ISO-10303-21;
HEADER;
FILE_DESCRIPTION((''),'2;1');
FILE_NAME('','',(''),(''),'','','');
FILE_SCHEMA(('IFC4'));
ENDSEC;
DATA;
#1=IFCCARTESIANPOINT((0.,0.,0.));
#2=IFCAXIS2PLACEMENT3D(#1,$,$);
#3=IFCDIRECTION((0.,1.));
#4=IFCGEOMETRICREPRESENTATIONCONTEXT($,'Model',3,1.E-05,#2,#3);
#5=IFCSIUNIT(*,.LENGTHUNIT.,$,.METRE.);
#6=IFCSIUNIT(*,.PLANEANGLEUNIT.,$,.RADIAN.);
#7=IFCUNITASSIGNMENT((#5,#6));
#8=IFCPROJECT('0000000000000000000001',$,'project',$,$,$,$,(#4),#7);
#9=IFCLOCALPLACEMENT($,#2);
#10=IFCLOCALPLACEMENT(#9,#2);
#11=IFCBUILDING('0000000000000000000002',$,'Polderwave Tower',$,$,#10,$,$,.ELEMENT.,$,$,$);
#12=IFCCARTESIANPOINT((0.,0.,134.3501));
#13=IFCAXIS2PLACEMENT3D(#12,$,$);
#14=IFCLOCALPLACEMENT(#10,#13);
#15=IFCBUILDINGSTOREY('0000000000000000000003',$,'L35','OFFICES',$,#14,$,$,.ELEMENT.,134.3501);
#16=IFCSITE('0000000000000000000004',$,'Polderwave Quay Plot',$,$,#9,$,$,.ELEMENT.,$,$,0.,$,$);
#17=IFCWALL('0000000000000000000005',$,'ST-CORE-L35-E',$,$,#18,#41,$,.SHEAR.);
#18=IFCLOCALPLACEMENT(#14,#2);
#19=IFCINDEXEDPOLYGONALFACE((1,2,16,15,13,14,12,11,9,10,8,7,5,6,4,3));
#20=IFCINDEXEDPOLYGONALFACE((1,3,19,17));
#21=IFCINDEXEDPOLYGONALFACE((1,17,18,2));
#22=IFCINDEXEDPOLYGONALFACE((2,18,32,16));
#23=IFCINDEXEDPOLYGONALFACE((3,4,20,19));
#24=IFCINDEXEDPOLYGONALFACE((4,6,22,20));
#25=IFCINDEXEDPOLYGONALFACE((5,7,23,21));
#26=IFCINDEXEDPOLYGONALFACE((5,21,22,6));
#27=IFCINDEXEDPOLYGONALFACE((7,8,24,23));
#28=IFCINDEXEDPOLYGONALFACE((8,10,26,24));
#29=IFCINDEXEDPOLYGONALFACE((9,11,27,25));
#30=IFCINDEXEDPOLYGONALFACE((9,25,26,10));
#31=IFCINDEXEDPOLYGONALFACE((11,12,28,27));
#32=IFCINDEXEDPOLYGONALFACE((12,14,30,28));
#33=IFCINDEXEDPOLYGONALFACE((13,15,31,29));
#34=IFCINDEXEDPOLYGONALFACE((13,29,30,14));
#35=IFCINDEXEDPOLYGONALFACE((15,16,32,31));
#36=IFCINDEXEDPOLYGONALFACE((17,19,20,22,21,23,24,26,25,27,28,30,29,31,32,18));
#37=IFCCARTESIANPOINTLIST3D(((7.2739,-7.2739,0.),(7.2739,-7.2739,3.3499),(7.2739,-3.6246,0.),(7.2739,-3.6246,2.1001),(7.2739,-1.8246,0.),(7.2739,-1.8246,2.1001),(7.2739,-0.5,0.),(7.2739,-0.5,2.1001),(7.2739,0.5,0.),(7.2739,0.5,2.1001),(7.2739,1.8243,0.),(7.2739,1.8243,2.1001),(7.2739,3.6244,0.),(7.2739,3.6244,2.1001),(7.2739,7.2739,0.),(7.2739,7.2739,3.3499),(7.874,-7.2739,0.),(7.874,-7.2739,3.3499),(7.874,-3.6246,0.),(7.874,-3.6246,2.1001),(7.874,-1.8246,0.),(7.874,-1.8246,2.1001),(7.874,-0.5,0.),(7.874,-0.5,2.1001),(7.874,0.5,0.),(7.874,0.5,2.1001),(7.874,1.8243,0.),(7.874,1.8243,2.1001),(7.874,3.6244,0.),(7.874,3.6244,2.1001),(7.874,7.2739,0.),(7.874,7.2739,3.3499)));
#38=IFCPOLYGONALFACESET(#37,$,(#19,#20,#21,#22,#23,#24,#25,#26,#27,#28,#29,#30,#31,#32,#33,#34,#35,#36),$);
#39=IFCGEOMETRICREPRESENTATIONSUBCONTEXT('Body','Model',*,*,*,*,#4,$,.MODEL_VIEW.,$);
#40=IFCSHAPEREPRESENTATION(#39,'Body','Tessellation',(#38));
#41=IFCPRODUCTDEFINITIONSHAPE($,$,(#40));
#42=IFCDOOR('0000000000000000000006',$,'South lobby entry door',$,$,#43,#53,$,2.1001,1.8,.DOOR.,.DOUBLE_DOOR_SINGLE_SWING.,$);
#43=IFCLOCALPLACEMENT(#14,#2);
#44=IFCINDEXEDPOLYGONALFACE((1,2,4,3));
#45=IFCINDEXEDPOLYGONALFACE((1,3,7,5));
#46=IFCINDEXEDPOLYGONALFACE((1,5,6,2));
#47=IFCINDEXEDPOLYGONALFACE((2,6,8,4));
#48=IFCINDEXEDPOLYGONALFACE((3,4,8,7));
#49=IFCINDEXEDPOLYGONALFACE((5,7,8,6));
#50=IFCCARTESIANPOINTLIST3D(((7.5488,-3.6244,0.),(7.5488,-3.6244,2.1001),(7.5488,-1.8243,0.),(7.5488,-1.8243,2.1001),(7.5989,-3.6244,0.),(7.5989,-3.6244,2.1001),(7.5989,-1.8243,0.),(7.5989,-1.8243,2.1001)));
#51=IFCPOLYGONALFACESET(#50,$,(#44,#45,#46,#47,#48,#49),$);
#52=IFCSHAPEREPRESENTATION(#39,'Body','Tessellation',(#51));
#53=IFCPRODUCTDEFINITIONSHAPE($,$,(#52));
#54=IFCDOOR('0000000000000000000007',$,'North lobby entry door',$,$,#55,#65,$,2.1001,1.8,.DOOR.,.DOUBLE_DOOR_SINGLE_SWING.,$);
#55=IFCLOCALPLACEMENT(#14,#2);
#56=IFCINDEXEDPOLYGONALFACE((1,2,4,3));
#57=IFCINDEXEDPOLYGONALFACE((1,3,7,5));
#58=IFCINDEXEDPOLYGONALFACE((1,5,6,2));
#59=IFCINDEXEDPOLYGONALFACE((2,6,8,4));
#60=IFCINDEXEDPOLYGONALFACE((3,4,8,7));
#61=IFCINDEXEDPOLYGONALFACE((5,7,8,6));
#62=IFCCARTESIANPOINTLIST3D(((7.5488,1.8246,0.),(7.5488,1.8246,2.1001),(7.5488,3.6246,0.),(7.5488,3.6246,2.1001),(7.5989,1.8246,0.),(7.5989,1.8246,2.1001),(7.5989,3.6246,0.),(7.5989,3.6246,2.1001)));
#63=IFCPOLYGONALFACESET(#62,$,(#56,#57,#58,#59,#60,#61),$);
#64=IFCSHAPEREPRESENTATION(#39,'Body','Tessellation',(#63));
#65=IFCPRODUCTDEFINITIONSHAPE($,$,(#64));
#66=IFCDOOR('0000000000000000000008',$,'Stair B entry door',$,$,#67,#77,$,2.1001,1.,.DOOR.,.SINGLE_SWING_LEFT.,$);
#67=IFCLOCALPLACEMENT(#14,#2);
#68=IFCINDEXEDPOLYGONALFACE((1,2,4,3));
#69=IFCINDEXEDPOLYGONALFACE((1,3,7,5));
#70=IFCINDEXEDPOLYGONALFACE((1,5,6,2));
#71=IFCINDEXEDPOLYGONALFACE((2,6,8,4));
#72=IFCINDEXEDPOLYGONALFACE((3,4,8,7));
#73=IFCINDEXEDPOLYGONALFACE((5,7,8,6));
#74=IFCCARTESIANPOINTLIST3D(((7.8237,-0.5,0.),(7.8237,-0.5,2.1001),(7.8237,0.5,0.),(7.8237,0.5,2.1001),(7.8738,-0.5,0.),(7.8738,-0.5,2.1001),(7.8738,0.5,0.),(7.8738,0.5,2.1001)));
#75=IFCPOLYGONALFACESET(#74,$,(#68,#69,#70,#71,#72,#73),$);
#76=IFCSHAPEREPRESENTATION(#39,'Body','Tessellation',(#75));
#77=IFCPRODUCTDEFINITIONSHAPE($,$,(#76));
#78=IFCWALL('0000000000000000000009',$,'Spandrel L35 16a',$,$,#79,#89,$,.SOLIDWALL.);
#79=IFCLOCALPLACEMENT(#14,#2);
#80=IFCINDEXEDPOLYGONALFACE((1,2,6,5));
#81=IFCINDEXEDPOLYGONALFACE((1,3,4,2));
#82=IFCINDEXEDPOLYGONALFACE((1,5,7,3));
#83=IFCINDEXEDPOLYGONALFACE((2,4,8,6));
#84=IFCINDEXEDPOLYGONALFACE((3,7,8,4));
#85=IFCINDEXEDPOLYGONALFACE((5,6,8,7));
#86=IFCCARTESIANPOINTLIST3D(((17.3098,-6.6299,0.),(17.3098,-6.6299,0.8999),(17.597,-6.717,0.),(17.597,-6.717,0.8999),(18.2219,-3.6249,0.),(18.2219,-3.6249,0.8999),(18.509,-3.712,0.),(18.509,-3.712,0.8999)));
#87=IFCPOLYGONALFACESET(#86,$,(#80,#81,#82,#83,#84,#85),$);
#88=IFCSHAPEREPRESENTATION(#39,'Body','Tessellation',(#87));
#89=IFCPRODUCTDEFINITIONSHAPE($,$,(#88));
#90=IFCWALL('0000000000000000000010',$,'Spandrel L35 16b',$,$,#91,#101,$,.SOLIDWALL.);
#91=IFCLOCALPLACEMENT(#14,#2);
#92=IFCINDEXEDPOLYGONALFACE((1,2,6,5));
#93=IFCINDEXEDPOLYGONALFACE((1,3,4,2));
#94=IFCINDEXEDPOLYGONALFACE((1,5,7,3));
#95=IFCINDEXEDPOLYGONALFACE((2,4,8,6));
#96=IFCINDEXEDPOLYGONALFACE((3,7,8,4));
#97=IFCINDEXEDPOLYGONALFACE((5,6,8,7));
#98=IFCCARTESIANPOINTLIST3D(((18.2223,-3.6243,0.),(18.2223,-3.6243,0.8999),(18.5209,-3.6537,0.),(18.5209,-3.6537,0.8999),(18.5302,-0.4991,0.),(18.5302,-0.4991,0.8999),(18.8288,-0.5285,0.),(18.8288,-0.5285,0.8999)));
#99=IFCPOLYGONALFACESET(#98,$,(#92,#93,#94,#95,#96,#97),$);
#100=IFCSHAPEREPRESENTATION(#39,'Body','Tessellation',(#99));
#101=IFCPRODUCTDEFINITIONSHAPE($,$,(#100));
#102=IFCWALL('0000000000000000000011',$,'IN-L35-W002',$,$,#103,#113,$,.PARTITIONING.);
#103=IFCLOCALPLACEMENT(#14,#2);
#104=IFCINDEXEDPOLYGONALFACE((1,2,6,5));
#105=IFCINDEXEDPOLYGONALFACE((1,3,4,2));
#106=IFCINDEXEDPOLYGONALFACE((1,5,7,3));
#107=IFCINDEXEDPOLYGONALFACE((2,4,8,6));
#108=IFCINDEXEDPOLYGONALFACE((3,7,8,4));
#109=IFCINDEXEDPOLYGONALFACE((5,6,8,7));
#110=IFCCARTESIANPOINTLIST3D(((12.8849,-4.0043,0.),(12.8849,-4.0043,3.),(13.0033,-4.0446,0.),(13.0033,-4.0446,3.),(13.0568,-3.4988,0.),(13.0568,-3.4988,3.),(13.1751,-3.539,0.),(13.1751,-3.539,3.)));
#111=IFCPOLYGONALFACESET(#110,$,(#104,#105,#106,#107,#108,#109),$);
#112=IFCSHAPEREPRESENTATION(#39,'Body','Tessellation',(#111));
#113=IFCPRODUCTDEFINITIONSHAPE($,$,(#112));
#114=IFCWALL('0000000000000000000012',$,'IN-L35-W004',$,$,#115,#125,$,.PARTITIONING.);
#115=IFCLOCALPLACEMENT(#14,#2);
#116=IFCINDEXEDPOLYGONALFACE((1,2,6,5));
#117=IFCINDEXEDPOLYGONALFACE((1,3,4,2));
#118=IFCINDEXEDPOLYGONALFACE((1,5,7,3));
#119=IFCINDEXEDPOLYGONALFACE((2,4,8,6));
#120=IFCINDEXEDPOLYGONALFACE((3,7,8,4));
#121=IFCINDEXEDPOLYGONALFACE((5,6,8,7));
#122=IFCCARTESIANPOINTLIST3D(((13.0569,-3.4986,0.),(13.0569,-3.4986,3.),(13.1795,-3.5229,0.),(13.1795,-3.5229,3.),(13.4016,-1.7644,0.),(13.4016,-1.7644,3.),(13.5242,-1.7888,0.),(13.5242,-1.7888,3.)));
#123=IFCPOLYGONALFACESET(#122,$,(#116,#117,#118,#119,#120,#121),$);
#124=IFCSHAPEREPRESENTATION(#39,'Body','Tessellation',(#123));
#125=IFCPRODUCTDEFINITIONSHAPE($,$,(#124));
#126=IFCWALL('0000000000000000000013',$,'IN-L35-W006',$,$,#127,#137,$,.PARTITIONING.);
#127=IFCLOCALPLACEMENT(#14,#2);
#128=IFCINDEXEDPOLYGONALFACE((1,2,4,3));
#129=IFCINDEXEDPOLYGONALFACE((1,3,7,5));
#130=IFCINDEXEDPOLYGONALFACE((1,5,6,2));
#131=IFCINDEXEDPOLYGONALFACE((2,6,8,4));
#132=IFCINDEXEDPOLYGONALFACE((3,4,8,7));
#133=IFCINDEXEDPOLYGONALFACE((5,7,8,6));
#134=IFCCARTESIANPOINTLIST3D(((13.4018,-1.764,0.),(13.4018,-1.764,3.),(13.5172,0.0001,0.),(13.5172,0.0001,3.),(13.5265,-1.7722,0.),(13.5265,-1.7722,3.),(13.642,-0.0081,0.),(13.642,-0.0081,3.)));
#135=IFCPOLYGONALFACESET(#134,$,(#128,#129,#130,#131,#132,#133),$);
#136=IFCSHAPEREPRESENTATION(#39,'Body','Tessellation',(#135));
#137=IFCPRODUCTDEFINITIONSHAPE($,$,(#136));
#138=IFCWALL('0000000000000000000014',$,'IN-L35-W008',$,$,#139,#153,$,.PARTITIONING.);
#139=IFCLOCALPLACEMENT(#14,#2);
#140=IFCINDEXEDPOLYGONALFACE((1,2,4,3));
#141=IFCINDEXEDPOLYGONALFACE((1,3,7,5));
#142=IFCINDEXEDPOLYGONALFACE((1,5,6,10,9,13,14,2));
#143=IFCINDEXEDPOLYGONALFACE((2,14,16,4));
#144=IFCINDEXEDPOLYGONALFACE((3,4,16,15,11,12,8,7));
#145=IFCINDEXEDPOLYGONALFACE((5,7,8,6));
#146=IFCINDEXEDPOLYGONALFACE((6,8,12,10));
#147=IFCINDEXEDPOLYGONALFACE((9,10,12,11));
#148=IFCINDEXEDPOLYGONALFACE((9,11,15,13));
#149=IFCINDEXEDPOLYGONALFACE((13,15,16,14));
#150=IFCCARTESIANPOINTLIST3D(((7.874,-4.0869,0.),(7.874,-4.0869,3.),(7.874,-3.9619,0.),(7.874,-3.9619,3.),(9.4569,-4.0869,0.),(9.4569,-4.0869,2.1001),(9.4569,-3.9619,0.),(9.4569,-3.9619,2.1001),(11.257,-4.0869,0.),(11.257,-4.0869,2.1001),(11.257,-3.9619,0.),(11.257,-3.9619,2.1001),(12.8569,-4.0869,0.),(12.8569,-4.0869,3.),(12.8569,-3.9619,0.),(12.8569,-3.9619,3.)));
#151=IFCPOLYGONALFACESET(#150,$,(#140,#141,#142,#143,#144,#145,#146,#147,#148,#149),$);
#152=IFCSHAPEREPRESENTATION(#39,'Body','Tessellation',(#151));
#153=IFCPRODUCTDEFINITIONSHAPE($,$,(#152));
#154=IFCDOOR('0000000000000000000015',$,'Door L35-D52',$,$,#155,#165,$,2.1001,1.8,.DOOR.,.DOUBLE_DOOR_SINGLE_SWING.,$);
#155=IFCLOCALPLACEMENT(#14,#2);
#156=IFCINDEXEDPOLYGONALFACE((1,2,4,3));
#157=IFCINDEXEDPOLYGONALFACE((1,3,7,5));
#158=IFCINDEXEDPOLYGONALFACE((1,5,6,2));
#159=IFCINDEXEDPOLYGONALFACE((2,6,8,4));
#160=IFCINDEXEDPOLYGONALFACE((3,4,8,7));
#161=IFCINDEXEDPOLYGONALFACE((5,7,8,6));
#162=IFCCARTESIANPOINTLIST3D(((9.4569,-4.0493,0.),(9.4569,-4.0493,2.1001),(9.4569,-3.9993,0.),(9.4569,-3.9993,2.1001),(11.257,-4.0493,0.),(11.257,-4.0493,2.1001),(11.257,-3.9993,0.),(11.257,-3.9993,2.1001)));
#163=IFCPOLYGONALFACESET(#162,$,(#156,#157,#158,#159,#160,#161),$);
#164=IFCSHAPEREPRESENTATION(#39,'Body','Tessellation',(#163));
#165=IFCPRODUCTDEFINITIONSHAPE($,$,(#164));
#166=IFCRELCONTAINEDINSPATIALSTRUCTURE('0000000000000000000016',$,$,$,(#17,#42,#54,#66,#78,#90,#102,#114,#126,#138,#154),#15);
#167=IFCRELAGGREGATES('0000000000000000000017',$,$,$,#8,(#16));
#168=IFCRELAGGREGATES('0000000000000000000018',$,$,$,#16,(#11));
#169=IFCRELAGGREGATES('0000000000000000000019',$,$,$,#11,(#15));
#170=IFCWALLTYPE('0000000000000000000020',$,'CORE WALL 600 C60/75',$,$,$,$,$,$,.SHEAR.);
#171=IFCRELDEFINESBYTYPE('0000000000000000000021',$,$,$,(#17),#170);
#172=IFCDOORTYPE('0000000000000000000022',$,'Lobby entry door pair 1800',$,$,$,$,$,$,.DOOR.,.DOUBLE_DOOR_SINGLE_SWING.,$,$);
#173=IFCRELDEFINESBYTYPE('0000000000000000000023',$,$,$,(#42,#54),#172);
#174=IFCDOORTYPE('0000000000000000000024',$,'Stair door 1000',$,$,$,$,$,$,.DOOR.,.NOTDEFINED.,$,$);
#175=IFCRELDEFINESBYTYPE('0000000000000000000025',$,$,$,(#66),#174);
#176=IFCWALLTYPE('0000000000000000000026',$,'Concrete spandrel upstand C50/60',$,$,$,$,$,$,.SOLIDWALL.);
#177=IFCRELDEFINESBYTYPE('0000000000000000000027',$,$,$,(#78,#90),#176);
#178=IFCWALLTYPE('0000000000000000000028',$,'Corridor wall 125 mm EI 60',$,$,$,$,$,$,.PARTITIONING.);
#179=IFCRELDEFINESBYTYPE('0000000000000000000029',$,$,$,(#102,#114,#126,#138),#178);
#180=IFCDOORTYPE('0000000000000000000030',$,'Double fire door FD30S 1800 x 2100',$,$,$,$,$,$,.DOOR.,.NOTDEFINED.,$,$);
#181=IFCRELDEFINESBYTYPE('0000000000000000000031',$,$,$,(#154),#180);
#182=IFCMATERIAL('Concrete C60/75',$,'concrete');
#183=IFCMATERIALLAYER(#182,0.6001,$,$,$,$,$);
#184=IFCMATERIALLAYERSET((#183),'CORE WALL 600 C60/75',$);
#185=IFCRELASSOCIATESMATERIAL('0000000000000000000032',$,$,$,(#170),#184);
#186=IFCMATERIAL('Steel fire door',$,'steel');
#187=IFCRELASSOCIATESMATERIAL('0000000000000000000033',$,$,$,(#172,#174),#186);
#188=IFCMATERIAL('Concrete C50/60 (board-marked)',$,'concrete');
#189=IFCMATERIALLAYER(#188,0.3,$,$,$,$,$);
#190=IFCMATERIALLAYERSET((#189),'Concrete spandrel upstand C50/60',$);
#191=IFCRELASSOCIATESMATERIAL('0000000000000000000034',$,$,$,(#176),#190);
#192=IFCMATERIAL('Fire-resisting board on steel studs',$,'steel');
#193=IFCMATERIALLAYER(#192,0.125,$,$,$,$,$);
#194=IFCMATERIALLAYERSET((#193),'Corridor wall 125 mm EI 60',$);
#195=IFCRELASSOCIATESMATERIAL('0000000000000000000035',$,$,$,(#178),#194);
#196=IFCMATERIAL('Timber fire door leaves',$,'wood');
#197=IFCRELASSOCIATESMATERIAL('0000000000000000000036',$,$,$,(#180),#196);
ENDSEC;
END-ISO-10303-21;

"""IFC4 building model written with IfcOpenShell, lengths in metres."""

from ifc_helpers import new_model, si_unit, direction, frame, frame_2d, origin, place, context, subcontext, project, spatial, rectangle, extrude, material, layer, layer_set, type_object, element, fill, save


model = new_model("IFC4")

# Units and contexts
model_context = context("Model", 3, precision=1e-05, world=origin(), true_north=direction((0.0, 1.0)))
body_context = subcontext(model_context, "Body", "Model", "MODEL_VIEW")
ifc_project = project(units=[si_unit("LENGTHUNIT", "METRE"), si_unit("PLANEANGLEUNIT", "RADIAN")], contexts=[model_context])

# Site, building, storey
site_placement = place(None, origin())
site = spatial("IfcSite", under=ifc_project, at=site_placement, Name="Polderwave Quay Plot", CompositionType="ELEMENT", RefElevation=0.0)
building_placement = place(site_placement, origin())
building = spatial("IfcBuilding", under=site, at=building_placement, Name="Polderwave Tower", CompositionType="ELEMENT")
storey_placement = place(building_placement, frame((0.0, 0.0, 134.3501)))
storey = spatial("IfcBuildingStorey", under=building, at=storey_placement, Name="L35", Description="OFFICES", CompositionType="ELEMENT", Elevation=134.3501)

# Shared definitions
ifc_material_1 = material(Name="Concrete C60/75", Category="concrete")

# Wall, openings, doors
ifc_layer_1 = layer(ifc_material_1, 0.6001)
ifc_layer_set_1 = layer_set([ifc_layer_1], Name="CORE WALL 600 C60/75")
wall_type_1 = type_object("IfcWallType", Name="CORE WALL 600 C60/75", PredefinedType="SHEAR", material=ifc_layer_set_1)
wall_1_placement = place(storey_placement, frame((7.574, -7.2739, 0.0), z_axis=(0.0, 0.0, 1.0), x_axis=(0.0, 1.0, 0.0)))
wall_1 = element("IfcWall", 1, at=wall_1_placement, inside=storey, type_object=wall_type_1, Name="ST-CORE-L35-E", PredefinedType="SHEAR", context=body_context, shape_type="SweptSolid", body=[
    extrude(rectangle(XDim=14.5479, YDim=0.6001, at=frame_2d((7.2739, 0.0))), origin(), (0.0, 0.0, 1.0), 3.3499),
])
opening_1_placement = place(wall_1_placement, frame((6.7739, 0.0, 0.0)))
opening_1 = element("IfcOpeningElement", 2, at=opening_1_placement, cuts=wall_1, PredefinedType="OPENING", context=body_context, shape_type="SweptSolid", body=[
    extrude(rectangle(XDim=1.0, YDim=2.1001, at=frame_2d((0.5, 1.05))), frame((0.0, 0.3101, 0.0), z_axis=(0.0, -1.0, 0.0), x_axis=(1.0, 0.0, 0.0)), (0.0, 0.0, 1.0), 0.6201),
])
opening_2_placement = place(wall_1_placement, frame((3.6494, 0.0, 0.0)))
opening_2 = element("IfcOpeningElement", 3, at=opening_2_placement, cuts=wall_1, PredefinedType="OPENING", context=body_context, shape_type="SweptSolid", body=[
    extrude(rectangle(XDim=1.8, YDim=2.1001, at=frame_2d((0.8999, 1.05))), frame((0.0, 0.3101, 0.0), z_axis=(0.0, -1.0, 0.0), x_axis=(1.0, 0.0, 0.0)), (0.0, 0.0, 1.0), 0.6201),
])
opening_3_placement = place(wall_1_placement, frame((9.0984, 0.0, 0.0)))
opening_3 = element("IfcOpeningElement", 4, at=opening_3_placement, cuts=wall_1, PredefinedType="OPENING", context=body_context, shape_type="SweptSolid", body=[
    extrude(rectangle(XDim=1.8, YDim=2.1001, at=frame_2d((0.8999, 1.05))), frame((0.0, 0.3101, 0.0), z_axis=(0.0, -1.0, 0.0), x_axis=(1.0, 0.0, 0.0)), (0.0, 0.0, 1.0), 0.6201),
])
ifc_material_2 = material(Name="Steel fire door", Category="steel")
door_type_1 = type_object("IfcDoorType", Name="Lobby entry door pair 1800", OperationType="DOUBLE_DOOR_SINGLE_SWING", PredefinedType="DOOR", material=ifc_material_2)
door_1_placement = place(opening_2_placement, frame((1.8, 0.0, 0.0), z_axis=(0.0, 0.0, 1.0), x_axis=(-1.0, 0.0, 0.0)))
door_1 = element("IfcDoor", 5, at=door_1_placement, inside=storey, type_object=door_type_1, Name="South lobby entry door", OperationType="DOUBLE_DOOR_SINGLE_SWING", OverallHeight=2.1001, OverallWidth=1.8, PredefinedType="DOOR", context=body_context, shape_type="SweptSolid", body=[
    extrude(rectangle(XDim=1.8, YDim=2.1001, at=frame_2d((0.8999, 1.05))), frame((0.0, 0.0249, 0.0), z_axis=(0.0, -1.0, 0.0), x_axis=(1.0, 0.0, 0.0)), (0.0, 0.0, 1.0), 0.05),
])
fill(opening_2, door_1)
door_2_placement = place(opening_3_placement, frame((1.8, 0.0, 0.0), z_axis=(0.0, 0.0, 1.0), x_axis=(-1.0, 0.0, 0.0)))
door_2 = element("IfcDoor", 6, at=door_2_placement, inside=storey, type_object=door_type_1, Name="North lobby entry door", OperationType="DOUBLE_DOOR_SINGLE_SWING", OverallHeight=2.1001, OverallWidth=1.8, PredefinedType="DOOR", context=body_context, shape_type="SweptSolid", body=[
    extrude(rectangle(XDim=1.8, YDim=2.1001, at=frame_2d((0.8999, 1.05))), frame((0.0, 0.0249, 0.0), z_axis=(0.0, -1.0, 0.0), x_axis=(1.0, 0.0, 0.0)), (0.0, 0.0, 1.0), 0.05),
])
fill(opening_3, door_2)
door_type_2 = type_object("IfcDoorType", Name="Stair door 1000", OperationType="NOTDEFINED", PredefinedType="DOOR", material=ifc_material_2)
door_3_placement = place(opening_1_placement, frame((1.0, 0.0, 0.0), z_axis=(0.0, 0.0, 1.0), x_axis=(-1.0, 0.0, 0.0)))
door_3 = element("IfcDoor", 7, at=door_3_placement, inside=storey, type_object=door_type_2, Name="Stair B entry door", OperationType="SINGLE_SWING_LEFT", OverallHeight=2.1001, OverallWidth=1.0, PredefinedType="DOOR", context=body_context, shape_type="SweptSolid", body=[
    extrude(rectangle(XDim=1.0, YDim=2.1001, at=frame_2d((0.5, 1.05))), frame((0.0, 0.2998, 0.0), z_axis=(0.0, -1.0, 0.0), x_axis=(1.0, 0.0, 0.0)), (0.0, 0.0, 1.0), 0.05),
])
fill(opening_1, door_3)

# Walls
ifc_material_3 = material(Name="Concrete C50/60 (board-marked)", Category="concrete")
ifc_layer_2 = layer(ifc_material_3, 0.3)
ifc_layer_set_2 = layer_set([ifc_layer_2], Name="Concrete spandrel upstand C50/60")
wall_type_2 = type_object("IfcWallType", Name="Concrete spandrel upstand C50/60", PredefinedType="SOLIDWALL", material=ifc_layer_set_2)
for number, where, z_axis, x_axis, name in (
    (8, (17.4534, -6.6736, 0.0), (0.0, 0.0, 1.0), (0.290435, 0.956895, 0.0), "Spandrel L35 16a"),
    (9, (18.3716, -3.6392, 0.0), (0.0, 0.0, 1.0), (0.098033, 0.995183, 0.0), "Spandrel L35 16b"),
):
    element("IfcWall", number, at=place(storey_placement, frame(where, z_axis=z_axis, x_axis=x_axis)), inside=storey, type_object=wall_type_2, Name=name, PredefinedType="SOLIDWALL", context=body_context, shape_type="SweptSolid", body=[
        extrude(rectangle(XDim=3.1404, YDim=0.3, at=frame_2d((1.5703, 0.0))), origin(), (0.0, 0.0, 1.0), 0.8999),
    ])
ifc_material_4 = material(Name="Fire-resisting board on steel studs", Category="steel")
ifc_layer_3 = layer(ifc_material_4, 0.125)
ifc_layer_set_3 = layer_set([ifc_layer_3], Name="Corridor wall 125 mm EI 60")
wall_type_3 = type_object("IfcWallType", Name="Corridor wall 125 mm EI 60", PredefinedType="PARTITIONING", material=ifc_layer_set_3)
wall_2_placement = place(storey_placement, frame((13.116, -3.5188, 0.0), z_axis=(0.0, 0.0, 1.0), x_axis=(-0.321845, -0.946792, 0.0)))
element("IfcWall", 10, at=wall_2_placement, inside=storey, type_object=wall_type_3, Name="IN-L35-W002", PredefinedType="PARTITIONING", context=body_context, shape_type="SweptSolid", body=[
    extrude(rectangle(XDim=0.5339, YDim=0.125, at=frame_2d((0.2671, 0.0))), origin(), (0.0, 0.0, 1.0), 3.0),
])
wall_3_placement = place(storey_placement, frame((13.4629, -1.7766, 0.0), z_axis=(0.0, 0.0, 1.0), x_axis=(-0.194974, -0.980808, 0.0)))
element("IfcWall", 11, at=wall_3_placement, inside=storey, type_object=wall_type_3, Name="IN-L35-W004", PredefinedType="PARTITIONING", context=body_context, shape_type="SweptSolid", body=[
    extrude(rectangle(XDim=1.7681, YDim=0.125, at=frame_2d((0.884, 0.0))), origin(), (0.0, 0.0, 1.0), 3.0),
])
wall_4_placement = place(storey_placement, frame((13.5796, -0.0042, 0.0), z_axis=(0.0, 0.0, 1.0), x_axis=(-0.065318, -0.997864, 0.0)))
element("IfcWall", 12, at=wall_4_placement, inside=storey, type_object=wall_type_3, Name="IN-L35-W006", PredefinedType="PARTITIONING", context=body_context, shape_type="SweptSolid", body=[
    extrude(rectangle(XDim=1.7678, YDim=0.125, at=frame_2d((0.8838, 0.0))), origin(), (0.0, 0.0, 1.0), 3.0),
])

# Wall, opening, door
wall_5_placement = place(storey_placement, frame((12.8569, -4.0244, 0.0), z_axis=(0.0, 0.0, 1.0), x_axis=(-1.0, 0.0, 0.0)))
wall_5 = element("IfcWall", 13, at=wall_5_placement, inside=storey, type_object=wall_type_3, Name="IN-L35-W008", PredefinedType="PARTITIONING", context=body_context, shape_type="SweptSolid", body=[
    extrude(rectangle(XDim=4.9829, YDim=0.125, at=frame_2d((2.4915, 0.0))), origin(), (0.0, 0.0, 1.0), 3.0),
])
opening_4_placement = place(wall_5_placement, frame((1.6001, 0.0, 0.0)))
opening_4 = element("IfcOpeningElement", 14, at=opening_4_placement, cuts=wall_5, PredefinedType="OPENING", context=body_context, shape_type="SweptSolid", body=[
    extrude(rectangle(XDim=1.8, YDim=2.1001, at=frame_2d((0.8999, 1.05))), frame((0.0, 0.0725, 0.0), z_axis=(0.0, -1.0, 0.0), x_axis=(1.0, 0.0, 0.0)), (0.0, 0.0, 1.0), 0.145),
])
ifc_material_5 = material(Name="Timber fire door leaves", Category="wood")
door_type_3 = type_object("IfcDoorType", Name="Double fire door FD30S 1800 x 2100", OperationType="NOTDEFINED", PredefinedType="DOOR", material=ifc_material_5)
door_4_placement = place(opening_4_placement, origin())
door_4 = element("IfcDoor", 15, at=door_4_placement, inside=storey, type_object=door_type_3, Name="Door L35-D52", OperationType="DOUBLE_DOOR_SINGLE_SWING", OverallHeight=2.1001, OverallWidth=1.8, PredefinedType="DOOR", context=body_context, shape_type="SweptSolid", body=[
    extrude(rectangle(XDim=1.8, YDim=2.1001, at=frame_2d((0.8999, 1.05))), frame((0.0, 0.0249, 0.0), z_axis=(0.0, -1.0, 0.0), x_axis=(1.0, 0.0, 0.0)), (0.0, 0.0, 1.0), 0.05),
])
fill(opening_4, door_4)

save(model, "model.ifc")
